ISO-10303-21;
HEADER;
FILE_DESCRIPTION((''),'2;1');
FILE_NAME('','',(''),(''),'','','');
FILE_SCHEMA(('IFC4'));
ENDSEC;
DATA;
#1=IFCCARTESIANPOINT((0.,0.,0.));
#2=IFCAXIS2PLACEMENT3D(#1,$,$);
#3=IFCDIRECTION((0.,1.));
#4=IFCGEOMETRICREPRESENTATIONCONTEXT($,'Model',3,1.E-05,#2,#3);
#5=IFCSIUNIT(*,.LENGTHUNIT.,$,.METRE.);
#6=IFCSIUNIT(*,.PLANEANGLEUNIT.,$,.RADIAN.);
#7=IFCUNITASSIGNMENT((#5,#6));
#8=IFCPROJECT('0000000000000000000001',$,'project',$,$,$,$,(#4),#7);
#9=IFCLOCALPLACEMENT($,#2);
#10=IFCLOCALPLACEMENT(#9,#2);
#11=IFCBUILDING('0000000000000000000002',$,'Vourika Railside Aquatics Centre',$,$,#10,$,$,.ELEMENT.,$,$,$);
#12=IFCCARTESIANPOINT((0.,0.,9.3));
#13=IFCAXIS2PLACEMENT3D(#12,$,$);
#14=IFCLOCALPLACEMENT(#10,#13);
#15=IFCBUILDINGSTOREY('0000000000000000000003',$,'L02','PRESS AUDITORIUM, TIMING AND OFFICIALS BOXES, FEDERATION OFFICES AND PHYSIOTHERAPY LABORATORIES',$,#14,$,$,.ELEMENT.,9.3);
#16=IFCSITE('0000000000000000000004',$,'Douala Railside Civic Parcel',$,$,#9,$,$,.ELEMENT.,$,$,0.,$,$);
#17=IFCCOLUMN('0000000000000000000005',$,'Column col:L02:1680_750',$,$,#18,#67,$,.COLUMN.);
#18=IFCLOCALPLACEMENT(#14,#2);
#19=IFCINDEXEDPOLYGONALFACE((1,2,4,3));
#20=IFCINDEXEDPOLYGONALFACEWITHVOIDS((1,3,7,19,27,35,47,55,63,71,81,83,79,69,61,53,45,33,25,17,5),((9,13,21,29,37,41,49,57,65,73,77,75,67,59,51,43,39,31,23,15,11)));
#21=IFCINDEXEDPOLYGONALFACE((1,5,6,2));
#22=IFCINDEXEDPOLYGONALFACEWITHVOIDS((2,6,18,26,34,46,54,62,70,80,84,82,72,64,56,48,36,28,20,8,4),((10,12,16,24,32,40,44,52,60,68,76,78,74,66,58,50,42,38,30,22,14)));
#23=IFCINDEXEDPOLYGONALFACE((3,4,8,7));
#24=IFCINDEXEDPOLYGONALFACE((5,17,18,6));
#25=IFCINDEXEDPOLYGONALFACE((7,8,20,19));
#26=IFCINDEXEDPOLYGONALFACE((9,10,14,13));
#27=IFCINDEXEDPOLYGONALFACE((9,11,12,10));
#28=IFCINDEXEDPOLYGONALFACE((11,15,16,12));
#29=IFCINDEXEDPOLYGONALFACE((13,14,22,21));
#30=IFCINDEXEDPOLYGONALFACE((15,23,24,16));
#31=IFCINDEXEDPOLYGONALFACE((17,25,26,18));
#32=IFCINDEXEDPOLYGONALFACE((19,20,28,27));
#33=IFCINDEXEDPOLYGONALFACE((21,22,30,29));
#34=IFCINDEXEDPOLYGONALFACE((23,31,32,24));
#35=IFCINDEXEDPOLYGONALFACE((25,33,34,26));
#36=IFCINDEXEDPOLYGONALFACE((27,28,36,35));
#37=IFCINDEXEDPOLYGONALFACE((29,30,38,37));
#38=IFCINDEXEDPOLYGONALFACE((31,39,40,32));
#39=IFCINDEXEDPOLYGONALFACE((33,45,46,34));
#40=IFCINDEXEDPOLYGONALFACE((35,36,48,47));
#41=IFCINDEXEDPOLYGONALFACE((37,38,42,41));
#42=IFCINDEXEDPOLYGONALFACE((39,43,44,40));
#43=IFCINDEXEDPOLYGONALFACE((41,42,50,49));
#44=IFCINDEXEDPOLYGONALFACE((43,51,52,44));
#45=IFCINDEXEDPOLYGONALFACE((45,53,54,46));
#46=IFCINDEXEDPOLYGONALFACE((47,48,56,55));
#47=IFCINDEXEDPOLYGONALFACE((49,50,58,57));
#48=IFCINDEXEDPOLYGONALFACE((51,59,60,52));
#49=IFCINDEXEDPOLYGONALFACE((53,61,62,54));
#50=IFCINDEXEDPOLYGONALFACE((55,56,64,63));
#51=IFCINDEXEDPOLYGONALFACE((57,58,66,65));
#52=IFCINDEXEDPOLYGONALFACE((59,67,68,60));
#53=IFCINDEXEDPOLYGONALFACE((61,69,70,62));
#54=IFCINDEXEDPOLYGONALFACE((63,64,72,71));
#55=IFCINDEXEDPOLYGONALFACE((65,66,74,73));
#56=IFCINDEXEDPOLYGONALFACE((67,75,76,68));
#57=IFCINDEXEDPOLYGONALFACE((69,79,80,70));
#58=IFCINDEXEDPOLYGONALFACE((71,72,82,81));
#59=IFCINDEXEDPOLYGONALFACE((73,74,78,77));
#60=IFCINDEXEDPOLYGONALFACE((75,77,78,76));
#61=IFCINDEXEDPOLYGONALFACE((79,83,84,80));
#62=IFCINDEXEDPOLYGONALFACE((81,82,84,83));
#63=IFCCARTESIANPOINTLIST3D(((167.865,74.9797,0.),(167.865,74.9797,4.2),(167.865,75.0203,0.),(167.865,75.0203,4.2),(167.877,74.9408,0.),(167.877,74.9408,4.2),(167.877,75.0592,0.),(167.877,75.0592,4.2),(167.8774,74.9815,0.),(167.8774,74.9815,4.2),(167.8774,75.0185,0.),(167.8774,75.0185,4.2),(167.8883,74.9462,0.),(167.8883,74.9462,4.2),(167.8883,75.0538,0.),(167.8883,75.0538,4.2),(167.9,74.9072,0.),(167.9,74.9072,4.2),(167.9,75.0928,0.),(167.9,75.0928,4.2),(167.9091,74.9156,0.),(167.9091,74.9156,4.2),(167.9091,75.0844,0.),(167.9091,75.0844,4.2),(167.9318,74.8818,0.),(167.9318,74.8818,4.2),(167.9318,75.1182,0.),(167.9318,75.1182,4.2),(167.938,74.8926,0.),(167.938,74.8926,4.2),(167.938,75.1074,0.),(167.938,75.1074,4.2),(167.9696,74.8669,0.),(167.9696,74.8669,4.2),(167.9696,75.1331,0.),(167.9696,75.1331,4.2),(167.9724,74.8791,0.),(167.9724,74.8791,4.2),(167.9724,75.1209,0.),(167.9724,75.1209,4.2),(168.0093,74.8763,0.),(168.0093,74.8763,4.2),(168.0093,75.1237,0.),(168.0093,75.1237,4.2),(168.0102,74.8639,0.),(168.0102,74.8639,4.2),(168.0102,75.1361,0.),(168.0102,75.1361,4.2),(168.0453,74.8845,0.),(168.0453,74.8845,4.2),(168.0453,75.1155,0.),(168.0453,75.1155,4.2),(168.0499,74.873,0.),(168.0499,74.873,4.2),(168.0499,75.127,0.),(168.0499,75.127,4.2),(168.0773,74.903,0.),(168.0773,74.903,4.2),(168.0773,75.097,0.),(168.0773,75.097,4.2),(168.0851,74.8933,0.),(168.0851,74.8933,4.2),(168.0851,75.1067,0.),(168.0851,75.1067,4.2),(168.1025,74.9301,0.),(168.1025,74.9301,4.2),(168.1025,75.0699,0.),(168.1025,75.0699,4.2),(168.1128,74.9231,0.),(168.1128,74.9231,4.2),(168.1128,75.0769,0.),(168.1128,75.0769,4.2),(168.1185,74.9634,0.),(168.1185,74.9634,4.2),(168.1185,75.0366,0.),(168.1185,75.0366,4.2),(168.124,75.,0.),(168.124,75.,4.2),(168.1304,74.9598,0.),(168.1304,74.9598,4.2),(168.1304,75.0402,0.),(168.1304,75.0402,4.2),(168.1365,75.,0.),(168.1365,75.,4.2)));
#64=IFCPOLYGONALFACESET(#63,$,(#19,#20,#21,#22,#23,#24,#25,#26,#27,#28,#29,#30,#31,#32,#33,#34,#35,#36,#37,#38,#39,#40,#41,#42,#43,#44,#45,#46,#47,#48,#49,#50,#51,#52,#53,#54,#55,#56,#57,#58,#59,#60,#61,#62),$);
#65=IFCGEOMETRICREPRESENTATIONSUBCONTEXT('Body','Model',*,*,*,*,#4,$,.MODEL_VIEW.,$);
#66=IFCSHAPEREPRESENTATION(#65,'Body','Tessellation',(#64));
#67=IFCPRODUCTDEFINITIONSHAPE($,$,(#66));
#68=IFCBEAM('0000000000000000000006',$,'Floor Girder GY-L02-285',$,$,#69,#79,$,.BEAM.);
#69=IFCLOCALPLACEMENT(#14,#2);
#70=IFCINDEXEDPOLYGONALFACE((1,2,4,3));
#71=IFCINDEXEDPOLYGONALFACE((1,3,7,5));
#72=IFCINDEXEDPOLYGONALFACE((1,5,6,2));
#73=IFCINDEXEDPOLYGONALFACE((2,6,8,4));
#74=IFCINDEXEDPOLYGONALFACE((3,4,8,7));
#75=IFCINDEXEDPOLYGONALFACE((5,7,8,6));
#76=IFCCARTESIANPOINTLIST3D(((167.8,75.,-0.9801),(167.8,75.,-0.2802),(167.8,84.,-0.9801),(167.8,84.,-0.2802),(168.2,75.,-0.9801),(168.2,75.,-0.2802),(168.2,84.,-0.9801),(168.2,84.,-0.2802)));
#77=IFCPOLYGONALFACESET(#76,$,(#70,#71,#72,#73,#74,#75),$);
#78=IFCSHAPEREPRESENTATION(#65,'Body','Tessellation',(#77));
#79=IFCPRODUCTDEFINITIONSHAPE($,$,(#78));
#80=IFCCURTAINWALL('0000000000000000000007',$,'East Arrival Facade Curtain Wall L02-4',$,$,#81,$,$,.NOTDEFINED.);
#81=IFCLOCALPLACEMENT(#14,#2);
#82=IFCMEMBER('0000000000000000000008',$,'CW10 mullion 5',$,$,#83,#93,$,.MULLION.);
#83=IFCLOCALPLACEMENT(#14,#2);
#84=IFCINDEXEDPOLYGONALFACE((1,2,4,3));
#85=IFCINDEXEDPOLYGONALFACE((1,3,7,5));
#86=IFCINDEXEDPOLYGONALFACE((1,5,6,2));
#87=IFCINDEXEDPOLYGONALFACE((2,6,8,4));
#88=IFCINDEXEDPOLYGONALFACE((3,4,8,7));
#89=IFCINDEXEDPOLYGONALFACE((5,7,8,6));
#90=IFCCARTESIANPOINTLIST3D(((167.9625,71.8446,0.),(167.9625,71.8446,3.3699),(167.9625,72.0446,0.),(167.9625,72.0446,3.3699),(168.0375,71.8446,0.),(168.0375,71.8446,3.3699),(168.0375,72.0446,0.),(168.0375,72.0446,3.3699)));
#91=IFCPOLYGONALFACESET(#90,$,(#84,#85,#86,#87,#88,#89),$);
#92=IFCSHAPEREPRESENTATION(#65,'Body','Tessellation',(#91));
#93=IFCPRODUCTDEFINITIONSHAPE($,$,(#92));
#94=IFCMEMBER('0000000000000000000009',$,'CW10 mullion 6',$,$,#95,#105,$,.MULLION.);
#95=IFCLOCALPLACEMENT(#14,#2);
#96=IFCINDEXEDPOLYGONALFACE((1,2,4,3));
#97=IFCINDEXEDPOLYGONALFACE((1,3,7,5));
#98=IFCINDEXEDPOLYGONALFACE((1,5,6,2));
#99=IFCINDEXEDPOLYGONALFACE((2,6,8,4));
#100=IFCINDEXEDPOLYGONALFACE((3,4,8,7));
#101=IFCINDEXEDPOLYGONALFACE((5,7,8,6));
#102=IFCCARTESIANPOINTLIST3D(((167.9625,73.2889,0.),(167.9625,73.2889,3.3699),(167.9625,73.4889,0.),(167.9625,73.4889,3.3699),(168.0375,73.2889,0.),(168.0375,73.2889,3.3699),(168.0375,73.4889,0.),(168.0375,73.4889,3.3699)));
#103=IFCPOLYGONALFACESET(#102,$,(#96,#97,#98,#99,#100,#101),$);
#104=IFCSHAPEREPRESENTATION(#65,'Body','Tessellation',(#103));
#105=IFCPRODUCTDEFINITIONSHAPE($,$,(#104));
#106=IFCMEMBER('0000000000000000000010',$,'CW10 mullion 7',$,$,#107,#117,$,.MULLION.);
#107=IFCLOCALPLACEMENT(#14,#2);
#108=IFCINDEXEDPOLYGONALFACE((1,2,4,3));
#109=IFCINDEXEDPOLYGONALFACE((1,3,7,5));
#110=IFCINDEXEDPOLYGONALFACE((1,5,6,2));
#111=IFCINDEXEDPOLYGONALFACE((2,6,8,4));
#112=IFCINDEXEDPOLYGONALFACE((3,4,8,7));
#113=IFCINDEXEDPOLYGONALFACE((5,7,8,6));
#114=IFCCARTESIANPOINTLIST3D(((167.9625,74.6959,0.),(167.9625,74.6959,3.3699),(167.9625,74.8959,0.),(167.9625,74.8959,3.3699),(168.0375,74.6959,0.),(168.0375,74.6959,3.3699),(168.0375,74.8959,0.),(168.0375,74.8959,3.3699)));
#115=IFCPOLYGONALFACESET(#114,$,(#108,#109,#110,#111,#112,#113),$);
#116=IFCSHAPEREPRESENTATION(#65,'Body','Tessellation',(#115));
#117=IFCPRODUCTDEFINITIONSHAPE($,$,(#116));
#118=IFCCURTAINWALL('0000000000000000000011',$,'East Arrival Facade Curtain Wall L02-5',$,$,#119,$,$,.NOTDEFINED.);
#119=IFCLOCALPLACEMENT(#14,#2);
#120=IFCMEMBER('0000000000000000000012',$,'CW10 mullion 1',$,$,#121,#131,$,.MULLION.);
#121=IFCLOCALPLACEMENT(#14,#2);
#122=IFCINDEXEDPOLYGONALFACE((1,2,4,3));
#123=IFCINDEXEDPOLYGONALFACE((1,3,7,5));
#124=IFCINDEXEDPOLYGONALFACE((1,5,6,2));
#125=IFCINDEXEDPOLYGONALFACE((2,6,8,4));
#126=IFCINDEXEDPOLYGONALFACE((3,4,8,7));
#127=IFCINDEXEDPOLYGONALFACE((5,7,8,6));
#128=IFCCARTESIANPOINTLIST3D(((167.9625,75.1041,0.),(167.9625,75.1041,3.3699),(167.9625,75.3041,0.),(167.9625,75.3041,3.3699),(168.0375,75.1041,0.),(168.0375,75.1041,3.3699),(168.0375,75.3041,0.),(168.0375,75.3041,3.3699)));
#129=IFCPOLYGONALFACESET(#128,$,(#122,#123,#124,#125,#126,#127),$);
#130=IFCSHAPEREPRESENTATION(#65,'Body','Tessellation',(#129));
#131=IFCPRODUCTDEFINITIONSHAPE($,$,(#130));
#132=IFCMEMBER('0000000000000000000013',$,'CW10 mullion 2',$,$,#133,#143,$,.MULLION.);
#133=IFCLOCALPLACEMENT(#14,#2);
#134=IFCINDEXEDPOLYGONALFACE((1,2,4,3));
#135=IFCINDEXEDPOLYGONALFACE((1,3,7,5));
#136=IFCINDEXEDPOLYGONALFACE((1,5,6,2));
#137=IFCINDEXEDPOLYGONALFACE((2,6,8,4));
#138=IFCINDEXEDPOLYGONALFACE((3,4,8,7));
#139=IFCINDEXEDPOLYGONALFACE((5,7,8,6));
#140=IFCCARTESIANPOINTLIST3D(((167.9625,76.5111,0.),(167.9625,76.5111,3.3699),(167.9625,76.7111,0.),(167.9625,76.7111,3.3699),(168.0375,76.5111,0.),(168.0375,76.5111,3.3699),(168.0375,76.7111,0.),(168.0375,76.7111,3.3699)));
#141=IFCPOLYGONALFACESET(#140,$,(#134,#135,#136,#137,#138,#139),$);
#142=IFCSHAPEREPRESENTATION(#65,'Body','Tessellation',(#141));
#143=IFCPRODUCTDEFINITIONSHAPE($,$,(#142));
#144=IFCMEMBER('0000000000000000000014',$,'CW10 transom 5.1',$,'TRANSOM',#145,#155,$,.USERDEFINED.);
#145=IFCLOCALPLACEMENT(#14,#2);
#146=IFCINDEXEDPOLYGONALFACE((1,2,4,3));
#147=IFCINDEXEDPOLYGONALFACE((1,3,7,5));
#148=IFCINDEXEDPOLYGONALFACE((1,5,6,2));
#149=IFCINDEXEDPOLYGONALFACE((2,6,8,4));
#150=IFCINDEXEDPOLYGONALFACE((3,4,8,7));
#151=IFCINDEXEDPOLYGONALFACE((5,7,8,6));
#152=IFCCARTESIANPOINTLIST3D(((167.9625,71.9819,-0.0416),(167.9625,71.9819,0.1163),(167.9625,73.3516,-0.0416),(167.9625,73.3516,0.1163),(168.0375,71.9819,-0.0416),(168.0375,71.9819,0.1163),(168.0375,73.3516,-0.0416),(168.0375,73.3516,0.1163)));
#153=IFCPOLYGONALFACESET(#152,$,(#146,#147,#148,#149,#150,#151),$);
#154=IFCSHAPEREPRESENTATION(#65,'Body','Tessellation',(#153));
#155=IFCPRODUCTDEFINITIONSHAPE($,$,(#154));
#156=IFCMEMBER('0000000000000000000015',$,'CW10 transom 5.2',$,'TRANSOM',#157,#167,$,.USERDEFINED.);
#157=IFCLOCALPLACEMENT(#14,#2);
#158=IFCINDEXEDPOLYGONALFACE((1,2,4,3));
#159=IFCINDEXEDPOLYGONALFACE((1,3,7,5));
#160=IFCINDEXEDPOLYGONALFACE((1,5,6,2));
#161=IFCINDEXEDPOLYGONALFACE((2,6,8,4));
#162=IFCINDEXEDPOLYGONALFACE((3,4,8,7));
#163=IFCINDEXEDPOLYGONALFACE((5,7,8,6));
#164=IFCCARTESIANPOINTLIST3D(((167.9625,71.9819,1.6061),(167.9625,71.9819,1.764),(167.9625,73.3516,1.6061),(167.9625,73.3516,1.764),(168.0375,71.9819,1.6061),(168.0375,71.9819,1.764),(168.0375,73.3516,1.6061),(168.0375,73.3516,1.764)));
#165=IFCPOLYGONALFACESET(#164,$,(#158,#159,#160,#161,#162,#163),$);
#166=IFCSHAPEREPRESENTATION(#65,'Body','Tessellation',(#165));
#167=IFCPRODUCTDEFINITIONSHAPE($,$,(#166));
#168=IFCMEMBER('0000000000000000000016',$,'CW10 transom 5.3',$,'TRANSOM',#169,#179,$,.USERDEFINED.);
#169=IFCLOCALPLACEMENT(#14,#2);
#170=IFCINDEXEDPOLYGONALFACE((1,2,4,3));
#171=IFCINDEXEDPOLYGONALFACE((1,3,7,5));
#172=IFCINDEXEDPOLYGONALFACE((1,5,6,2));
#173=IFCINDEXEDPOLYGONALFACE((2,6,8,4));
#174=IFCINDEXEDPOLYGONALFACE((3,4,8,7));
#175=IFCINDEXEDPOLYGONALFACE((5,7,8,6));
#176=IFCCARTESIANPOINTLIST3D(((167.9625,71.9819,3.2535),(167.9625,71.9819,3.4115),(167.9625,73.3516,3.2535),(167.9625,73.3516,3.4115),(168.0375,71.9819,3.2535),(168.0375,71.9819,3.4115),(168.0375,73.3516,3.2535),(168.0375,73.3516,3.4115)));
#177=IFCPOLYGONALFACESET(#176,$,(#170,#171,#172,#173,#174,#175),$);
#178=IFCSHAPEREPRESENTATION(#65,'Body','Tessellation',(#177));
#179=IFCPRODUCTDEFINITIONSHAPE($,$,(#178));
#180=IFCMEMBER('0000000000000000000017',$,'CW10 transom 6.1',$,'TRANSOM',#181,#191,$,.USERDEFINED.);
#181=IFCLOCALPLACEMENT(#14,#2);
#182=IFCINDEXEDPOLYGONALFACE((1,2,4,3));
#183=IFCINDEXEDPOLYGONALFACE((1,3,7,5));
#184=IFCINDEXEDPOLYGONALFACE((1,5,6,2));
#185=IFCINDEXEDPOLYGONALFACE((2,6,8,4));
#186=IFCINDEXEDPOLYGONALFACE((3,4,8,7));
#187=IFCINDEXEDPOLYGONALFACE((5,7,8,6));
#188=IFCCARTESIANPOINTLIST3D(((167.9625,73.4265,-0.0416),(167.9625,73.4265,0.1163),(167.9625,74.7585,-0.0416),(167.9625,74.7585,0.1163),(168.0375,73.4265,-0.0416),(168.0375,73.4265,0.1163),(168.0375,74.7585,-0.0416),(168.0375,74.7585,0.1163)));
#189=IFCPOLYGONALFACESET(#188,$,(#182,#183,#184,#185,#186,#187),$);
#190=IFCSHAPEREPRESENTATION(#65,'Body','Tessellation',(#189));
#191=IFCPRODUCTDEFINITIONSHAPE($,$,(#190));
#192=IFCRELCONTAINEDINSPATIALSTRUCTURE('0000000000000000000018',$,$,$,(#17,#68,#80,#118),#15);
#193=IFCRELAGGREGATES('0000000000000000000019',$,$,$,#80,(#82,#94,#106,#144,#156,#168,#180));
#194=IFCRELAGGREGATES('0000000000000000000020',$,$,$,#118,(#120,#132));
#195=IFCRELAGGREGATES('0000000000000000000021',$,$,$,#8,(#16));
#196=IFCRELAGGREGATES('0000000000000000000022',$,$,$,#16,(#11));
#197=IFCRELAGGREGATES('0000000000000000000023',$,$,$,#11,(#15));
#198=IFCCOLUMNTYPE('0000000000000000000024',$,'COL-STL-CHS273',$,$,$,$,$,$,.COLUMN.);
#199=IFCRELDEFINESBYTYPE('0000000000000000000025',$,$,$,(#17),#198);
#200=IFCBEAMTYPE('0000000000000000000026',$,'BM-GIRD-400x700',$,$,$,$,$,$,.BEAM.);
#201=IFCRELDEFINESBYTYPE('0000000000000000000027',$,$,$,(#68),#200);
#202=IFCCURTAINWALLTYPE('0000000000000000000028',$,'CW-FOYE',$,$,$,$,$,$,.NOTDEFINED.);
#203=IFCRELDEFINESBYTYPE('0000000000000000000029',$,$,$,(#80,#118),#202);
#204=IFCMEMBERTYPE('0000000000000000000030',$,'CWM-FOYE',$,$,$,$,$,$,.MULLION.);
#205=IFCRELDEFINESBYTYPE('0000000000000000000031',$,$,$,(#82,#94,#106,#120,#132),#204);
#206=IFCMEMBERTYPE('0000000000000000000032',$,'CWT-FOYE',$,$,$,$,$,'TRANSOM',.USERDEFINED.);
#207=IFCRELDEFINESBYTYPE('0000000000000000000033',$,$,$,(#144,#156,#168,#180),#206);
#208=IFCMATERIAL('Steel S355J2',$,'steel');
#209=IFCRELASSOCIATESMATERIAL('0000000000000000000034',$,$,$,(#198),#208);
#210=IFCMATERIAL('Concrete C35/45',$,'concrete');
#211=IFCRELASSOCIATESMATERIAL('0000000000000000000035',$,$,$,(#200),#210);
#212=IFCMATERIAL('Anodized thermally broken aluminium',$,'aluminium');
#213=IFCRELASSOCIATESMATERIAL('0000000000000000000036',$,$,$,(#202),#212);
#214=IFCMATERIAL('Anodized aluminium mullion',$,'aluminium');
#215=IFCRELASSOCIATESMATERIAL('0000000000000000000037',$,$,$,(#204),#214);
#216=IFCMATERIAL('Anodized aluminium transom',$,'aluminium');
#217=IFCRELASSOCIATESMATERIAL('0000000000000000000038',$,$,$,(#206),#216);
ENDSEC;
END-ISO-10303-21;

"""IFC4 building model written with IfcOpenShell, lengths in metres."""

from ifc_helpers import new_model, si_unit, direction, frame, origin, origin_2d, place, context, subcontext, project, spatial, rectangle, hollow_circle, extrude, material, material_profile, profile_set, type_object, element, aggregate, save


model = new_model("IFC4")

# Units and contexts
model_context = context("Model", 3, precision=1e-05, world=origin(), true_north=direction((0.0, 1.0)))
body_context = subcontext(model_context, "Body", "Model", "MODEL_VIEW")
ifc_project = project(units=[si_unit("LENGTHUNIT", "METRE"), si_unit("PLANEANGLEUNIT", "RADIAN")], contexts=[model_context])

# Site, building, storey
site_placement = place(None, origin())
site = spatial("IfcSite", under=ifc_project, at=site_placement, Name="Douala Railside Civic Parcel", CompositionType="ELEMENT", RefElevation=0.0)
building_placement = place(site_placement, origin())
building = spatial("IfcBuilding", under=site, at=building_placement, Name="Vourika Railside Aquatics Centre", CompositionType="ELEMENT")
storey_placement = place(building_placement, frame((0.0, 0.0, 9.3)))
storey = spatial("IfcBuildingStorey", under=building, at=storey_placement, Name="L02", Description="PRESS AUDITORIUM, TIMING AND OFFICIALS BOXES, FEDERATION OFFICES AND PHYSIOTHERAPY LABORATORIES", CompositionType="ELEMENT", Elevation=9.3)

# Column
ifc_material_1 = material(Name="Steel S355J2", Category="steel")
ifc_material_profile_1 = material_profile(ifc_material_1, hollow_circle(Radius=0.1365, WallThickness=0.0125, at=origin_2d()), Name="CHS 273x12.5")
ifc_profile_set_1 = profile_set([ifc_material_profile_1], Name="Steel S355J2")
column_type = type_object("IfcColumnType", Name="COL-STL-CHS273", PredefinedType="COLUMN", material=ifc_profile_set_1)
column_placement = place(storey_placement, frame((168.0, 75.0, 0.0), z_axis=(0.0, 0.0, 1.0), x_axis=(1.0, 0.0, 0.0)))
element("IfcColumn", 1, at=column_placement, inside=storey, type_object=column_type, Name="Column col:L02:1680_750", PredefinedType="COLUMN", context=body_context, shape_type="SweptSolid", body=[
    extrude(hollow_circle(Radius=0.1365, WallThickness=0.0125, at=origin_2d()), origin(), (0.0, 0.0, 1.0), 4.2),
])

# Beam
ifc_material_2 = material(Name="Concrete C35/45", Category="concrete")
ifc_material_profile_2 = material_profile(ifc_material_2, rectangle(XDim=0.3999, YDim=0.7, at=origin_2d()), Name="RC 400x700")
ifc_profile_set_2 = profile_set([ifc_material_profile_2], Name="Concrete C35/45")
beam_type = type_object("IfcBeamType", Name="BM-GIRD-400x700", PredefinedType="BEAM", material=ifc_profile_set_2)
beam_placement = place(storey_placement, frame((168.0, 75.0, -0.6301), z_axis=(0.0, 1.0, 0.0), x_axis=(-1.0, 0.0, 0.0)))
element("IfcBeam", 2, at=beam_placement, inside=storey, type_object=beam_type, Name="Floor Girder GY-L02-285", PredefinedType="BEAM", context=body_context, shape_type="SweptSolid", body=[
    extrude(rectangle(XDim=0.3999, YDim=0.7, at=origin_2d()), origin(), (0.0, 0.0, 1.0), 9.0),
])

# Curtain walls, members
ifc_material_3 = material(Name="Anodized thermally broken aluminium", Category="aluminium")
curtain_wall_type = type_object("IfcCurtainWallType", Name="CW-FOYE", PredefinedType="NOTDEFINED", material=ifc_material_3)
curtain_wall_1_placement = place(storey_placement, origin())
curtain_wall_1 = element("IfcCurtainWall", 3, at=curtain_wall_1_placement, inside=storey, type_object=curtain_wall_type, Name="East Arrival Facade Curtain Wall L02-4", PredefinedType="NOTDEFINED")
ifc_material_4 = material(Name="Anodized aluminium mullion", Category="aluminium")
ifc_material_profile_3 = material_profile(ifc_material_4, rectangle(XDim=0.075, YDim=0.2, at=origin_2d()), Name="ALU-M 75x200")
ifc_profile_set_3 = profile_set([ifc_material_profile_3], Name="Anodized aluminium mullion")
member_type_1 = type_object("IfcMemberType", Name="CWM-FOYE", PredefinedType="MULLION", material=ifc_profile_set_3)
member_1_placement = place(storey_placement, frame((168.0, 71.9446, 0.0), z_axis=(0.0, 0.0, 1.0), x_axis=(-1.0, 0.0, 0.0)))
member_1 = element("IfcMember", 4, at=member_1_placement, type_object=member_type_1, Name="CW10 mullion 5", PredefinedType="MULLION", context=body_context, shape_type="SweptSolid", body=[
    extrude(rectangle(XDim=0.075, YDim=0.2, at=origin_2d()), origin(), (0.0, 0.0, 1.0), 3.3699),
])
member_2_placement = place(storey_placement, frame((168.0, 73.3889, 0.0), z_axis=(0.0, 0.0, 1.0), x_axis=(-1.0, 0.0, 0.0)))
member_2 = element("IfcMember", 5, at=member_2_placement, type_object=member_type_1, Name="CW10 mullion 6", PredefinedType="MULLION", context=body_context, shape_type="SweptSolid", body=[
    extrude(rectangle(XDim=0.075, YDim=0.2, at=origin_2d()), origin(), (0.0, 0.0, 1.0), 3.3699),
])
member_3_placement = place(storey_placement, frame((168.0, 74.7959, 0.0), z_axis=(0.0, 0.0, 1.0), x_axis=(-1.0, 0.0, 0.0)))
member_3 = element("IfcMember", 6, at=member_3_placement, type_object=member_type_1, Name="CW10 mullion 7", PredefinedType="MULLION", context=body_context, shape_type="SweptSolid", body=[
    extrude(rectangle(XDim=0.075, YDim=0.2, at=origin_2d()), origin(), (0.0, 0.0, 1.0), 3.3699),
])
curtain_wall_2_placement = place(storey_placement, origin())
curtain_wall_2 = element("IfcCurtainWall", 7, at=curtain_wall_2_placement, inside=storey, type_object=curtain_wall_type, Name="East Arrival Facade Curtain Wall L02-5", PredefinedType="NOTDEFINED")
member_4_placement = place(storey_placement, frame((168.0, 75.2041, 0.0), z_axis=(0.0, 0.0, 1.0), x_axis=(-1.0, 0.0, 0.0)))
member_4 = element("IfcMember", 8, at=member_4_placement, type_object=member_type_1, Name="CW10 mullion 1", PredefinedType="MULLION", context=body_context, shape_type="SweptSolid", body=[
    extrude(rectangle(XDim=0.075, YDim=0.2, at=origin_2d()), origin(), (0.0, 0.0, 1.0), 3.3699),
])
member_5_placement = place(storey_placement, frame((168.0, 76.6111, 0.0), z_axis=(0.0, 0.0, 1.0), x_axis=(-1.0, 0.0, 0.0)))
member_5 = element("IfcMember", 9, at=member_5_placement, type_object=member_type_1, Name="CW10 mullion 2", PredefinedType="MULLION", context=body_context, shape_type="SweptSolid", body=[
    extrude(rectangle(XDim=0.075, YDim=0.2, at=origin_2d()), origin(), (0.0, 0.0, 1.0), 3.3699),
])

# Members
ifc_material_5 = material(Name="Anodized aluminium transom", Category="aluminium")
ifc_material_profile_4 = material_profile(ifc_material_5, rectangle(XDim=0.075, YDim=0.158, at=origin_2d()), Name="ALU-T 75x158")
ifc_profile_set_4 = profile_set([ifc_material_profile_4], Name="Anodized aluminium transom")
member_type_2 = type_object("IfcMemberType", Name="CWT-FOYE", ElementType="TRANSOM", PredefinedType="USERDEFINED", material=ifc_profile_set_4)
member_6_placement = place(storey_placement, frame((168.0, 71.9819, 0.0374), z_axis=(0.0, 1.0, 0.0), x_axis=(-1.0, 0.0, 0.0)))
member_6 = element("IfcMember", 10, at=member_6_placement, type_object=member_type_2, Name="CW10 transom 5.1", ObjectType="TRANSOM", PredefinedType="USERDEFINED", context=body_context, shape_type="SweptSolid", body=[
    extrude(rectangle(XDim=0.075, YDim=0.158, at=origin_2d()), origin(), (0.0, 0.0, 1.0), 1.3696),
])
member_7_placement = place(storey_placement, frame((168.0, 71.9819, 1.6851), z_axis=(0.0, 1.0, 0.0), x_axis=(-1.0, 0.0, 0.0)))
member_7 = element("IfcMember", 11, at=member_7_placement, type_object=member_type_2, Name="CW10 transom 5.2", ObjectType="TRANSOM", PredefinedType="USERDEFINED", context=body_context, shape_type="SweptSolid", body=[
    extrude(rectangle(XDim=0.075, YDim=0.158, at=origin_2d()), origin(), (0.0, 0.0, 1.0), 1.3696),
])
member_8_placement = place(storey_placement, frame((168.0, 71.9819, 3.3325), z_axis=(0.0, 1.0, 0.0), x_axis=(-1.0, 0.0, 0.0)))
member_8 = element("IfcMember", 12, at=member_8_placement, type_object=member_type_2, Name="CW10 transom 5.3", ObjectType="TRANSOM", PredefinedType="USERDEFINED", context=body_context, shape_type="SweptSolid", body=[
    extrude(rectangle(XDim=0.075, YDim=0.158, at=origin_2d()), origin(), (0.0, 0.0, 1.0), 1.3696),
])
member_9_placement = place(storey_placement, frame((168.0, 73.4265, 0.0374), z_axis=(0.0, 1.0, 0.0), x_axis=(-1.0, 0.0, 0.0)))
member_9 = element("IfcMember", 13, at=member_9_placement, type_object=member_type_2, Name="CW10 transom 6.1", ObjectType="TRANSOM", PredefinedType="USERDEFINED", context=body_context, shape_type="SweptSolid", body=[
    extrude(rectangle(XDim=0.075, YDim=0.158, at=origin_2d()), origin(), (0.0, 0.0, 1.0), 1.332),
])

aggregate(curtain_wall_1, [member_1, member_2, member_3, member_6, member_7, member_8, member_9])
aggregate(curtain_wall_2, [member_4, member_5])

save(model, "model.ifc")
